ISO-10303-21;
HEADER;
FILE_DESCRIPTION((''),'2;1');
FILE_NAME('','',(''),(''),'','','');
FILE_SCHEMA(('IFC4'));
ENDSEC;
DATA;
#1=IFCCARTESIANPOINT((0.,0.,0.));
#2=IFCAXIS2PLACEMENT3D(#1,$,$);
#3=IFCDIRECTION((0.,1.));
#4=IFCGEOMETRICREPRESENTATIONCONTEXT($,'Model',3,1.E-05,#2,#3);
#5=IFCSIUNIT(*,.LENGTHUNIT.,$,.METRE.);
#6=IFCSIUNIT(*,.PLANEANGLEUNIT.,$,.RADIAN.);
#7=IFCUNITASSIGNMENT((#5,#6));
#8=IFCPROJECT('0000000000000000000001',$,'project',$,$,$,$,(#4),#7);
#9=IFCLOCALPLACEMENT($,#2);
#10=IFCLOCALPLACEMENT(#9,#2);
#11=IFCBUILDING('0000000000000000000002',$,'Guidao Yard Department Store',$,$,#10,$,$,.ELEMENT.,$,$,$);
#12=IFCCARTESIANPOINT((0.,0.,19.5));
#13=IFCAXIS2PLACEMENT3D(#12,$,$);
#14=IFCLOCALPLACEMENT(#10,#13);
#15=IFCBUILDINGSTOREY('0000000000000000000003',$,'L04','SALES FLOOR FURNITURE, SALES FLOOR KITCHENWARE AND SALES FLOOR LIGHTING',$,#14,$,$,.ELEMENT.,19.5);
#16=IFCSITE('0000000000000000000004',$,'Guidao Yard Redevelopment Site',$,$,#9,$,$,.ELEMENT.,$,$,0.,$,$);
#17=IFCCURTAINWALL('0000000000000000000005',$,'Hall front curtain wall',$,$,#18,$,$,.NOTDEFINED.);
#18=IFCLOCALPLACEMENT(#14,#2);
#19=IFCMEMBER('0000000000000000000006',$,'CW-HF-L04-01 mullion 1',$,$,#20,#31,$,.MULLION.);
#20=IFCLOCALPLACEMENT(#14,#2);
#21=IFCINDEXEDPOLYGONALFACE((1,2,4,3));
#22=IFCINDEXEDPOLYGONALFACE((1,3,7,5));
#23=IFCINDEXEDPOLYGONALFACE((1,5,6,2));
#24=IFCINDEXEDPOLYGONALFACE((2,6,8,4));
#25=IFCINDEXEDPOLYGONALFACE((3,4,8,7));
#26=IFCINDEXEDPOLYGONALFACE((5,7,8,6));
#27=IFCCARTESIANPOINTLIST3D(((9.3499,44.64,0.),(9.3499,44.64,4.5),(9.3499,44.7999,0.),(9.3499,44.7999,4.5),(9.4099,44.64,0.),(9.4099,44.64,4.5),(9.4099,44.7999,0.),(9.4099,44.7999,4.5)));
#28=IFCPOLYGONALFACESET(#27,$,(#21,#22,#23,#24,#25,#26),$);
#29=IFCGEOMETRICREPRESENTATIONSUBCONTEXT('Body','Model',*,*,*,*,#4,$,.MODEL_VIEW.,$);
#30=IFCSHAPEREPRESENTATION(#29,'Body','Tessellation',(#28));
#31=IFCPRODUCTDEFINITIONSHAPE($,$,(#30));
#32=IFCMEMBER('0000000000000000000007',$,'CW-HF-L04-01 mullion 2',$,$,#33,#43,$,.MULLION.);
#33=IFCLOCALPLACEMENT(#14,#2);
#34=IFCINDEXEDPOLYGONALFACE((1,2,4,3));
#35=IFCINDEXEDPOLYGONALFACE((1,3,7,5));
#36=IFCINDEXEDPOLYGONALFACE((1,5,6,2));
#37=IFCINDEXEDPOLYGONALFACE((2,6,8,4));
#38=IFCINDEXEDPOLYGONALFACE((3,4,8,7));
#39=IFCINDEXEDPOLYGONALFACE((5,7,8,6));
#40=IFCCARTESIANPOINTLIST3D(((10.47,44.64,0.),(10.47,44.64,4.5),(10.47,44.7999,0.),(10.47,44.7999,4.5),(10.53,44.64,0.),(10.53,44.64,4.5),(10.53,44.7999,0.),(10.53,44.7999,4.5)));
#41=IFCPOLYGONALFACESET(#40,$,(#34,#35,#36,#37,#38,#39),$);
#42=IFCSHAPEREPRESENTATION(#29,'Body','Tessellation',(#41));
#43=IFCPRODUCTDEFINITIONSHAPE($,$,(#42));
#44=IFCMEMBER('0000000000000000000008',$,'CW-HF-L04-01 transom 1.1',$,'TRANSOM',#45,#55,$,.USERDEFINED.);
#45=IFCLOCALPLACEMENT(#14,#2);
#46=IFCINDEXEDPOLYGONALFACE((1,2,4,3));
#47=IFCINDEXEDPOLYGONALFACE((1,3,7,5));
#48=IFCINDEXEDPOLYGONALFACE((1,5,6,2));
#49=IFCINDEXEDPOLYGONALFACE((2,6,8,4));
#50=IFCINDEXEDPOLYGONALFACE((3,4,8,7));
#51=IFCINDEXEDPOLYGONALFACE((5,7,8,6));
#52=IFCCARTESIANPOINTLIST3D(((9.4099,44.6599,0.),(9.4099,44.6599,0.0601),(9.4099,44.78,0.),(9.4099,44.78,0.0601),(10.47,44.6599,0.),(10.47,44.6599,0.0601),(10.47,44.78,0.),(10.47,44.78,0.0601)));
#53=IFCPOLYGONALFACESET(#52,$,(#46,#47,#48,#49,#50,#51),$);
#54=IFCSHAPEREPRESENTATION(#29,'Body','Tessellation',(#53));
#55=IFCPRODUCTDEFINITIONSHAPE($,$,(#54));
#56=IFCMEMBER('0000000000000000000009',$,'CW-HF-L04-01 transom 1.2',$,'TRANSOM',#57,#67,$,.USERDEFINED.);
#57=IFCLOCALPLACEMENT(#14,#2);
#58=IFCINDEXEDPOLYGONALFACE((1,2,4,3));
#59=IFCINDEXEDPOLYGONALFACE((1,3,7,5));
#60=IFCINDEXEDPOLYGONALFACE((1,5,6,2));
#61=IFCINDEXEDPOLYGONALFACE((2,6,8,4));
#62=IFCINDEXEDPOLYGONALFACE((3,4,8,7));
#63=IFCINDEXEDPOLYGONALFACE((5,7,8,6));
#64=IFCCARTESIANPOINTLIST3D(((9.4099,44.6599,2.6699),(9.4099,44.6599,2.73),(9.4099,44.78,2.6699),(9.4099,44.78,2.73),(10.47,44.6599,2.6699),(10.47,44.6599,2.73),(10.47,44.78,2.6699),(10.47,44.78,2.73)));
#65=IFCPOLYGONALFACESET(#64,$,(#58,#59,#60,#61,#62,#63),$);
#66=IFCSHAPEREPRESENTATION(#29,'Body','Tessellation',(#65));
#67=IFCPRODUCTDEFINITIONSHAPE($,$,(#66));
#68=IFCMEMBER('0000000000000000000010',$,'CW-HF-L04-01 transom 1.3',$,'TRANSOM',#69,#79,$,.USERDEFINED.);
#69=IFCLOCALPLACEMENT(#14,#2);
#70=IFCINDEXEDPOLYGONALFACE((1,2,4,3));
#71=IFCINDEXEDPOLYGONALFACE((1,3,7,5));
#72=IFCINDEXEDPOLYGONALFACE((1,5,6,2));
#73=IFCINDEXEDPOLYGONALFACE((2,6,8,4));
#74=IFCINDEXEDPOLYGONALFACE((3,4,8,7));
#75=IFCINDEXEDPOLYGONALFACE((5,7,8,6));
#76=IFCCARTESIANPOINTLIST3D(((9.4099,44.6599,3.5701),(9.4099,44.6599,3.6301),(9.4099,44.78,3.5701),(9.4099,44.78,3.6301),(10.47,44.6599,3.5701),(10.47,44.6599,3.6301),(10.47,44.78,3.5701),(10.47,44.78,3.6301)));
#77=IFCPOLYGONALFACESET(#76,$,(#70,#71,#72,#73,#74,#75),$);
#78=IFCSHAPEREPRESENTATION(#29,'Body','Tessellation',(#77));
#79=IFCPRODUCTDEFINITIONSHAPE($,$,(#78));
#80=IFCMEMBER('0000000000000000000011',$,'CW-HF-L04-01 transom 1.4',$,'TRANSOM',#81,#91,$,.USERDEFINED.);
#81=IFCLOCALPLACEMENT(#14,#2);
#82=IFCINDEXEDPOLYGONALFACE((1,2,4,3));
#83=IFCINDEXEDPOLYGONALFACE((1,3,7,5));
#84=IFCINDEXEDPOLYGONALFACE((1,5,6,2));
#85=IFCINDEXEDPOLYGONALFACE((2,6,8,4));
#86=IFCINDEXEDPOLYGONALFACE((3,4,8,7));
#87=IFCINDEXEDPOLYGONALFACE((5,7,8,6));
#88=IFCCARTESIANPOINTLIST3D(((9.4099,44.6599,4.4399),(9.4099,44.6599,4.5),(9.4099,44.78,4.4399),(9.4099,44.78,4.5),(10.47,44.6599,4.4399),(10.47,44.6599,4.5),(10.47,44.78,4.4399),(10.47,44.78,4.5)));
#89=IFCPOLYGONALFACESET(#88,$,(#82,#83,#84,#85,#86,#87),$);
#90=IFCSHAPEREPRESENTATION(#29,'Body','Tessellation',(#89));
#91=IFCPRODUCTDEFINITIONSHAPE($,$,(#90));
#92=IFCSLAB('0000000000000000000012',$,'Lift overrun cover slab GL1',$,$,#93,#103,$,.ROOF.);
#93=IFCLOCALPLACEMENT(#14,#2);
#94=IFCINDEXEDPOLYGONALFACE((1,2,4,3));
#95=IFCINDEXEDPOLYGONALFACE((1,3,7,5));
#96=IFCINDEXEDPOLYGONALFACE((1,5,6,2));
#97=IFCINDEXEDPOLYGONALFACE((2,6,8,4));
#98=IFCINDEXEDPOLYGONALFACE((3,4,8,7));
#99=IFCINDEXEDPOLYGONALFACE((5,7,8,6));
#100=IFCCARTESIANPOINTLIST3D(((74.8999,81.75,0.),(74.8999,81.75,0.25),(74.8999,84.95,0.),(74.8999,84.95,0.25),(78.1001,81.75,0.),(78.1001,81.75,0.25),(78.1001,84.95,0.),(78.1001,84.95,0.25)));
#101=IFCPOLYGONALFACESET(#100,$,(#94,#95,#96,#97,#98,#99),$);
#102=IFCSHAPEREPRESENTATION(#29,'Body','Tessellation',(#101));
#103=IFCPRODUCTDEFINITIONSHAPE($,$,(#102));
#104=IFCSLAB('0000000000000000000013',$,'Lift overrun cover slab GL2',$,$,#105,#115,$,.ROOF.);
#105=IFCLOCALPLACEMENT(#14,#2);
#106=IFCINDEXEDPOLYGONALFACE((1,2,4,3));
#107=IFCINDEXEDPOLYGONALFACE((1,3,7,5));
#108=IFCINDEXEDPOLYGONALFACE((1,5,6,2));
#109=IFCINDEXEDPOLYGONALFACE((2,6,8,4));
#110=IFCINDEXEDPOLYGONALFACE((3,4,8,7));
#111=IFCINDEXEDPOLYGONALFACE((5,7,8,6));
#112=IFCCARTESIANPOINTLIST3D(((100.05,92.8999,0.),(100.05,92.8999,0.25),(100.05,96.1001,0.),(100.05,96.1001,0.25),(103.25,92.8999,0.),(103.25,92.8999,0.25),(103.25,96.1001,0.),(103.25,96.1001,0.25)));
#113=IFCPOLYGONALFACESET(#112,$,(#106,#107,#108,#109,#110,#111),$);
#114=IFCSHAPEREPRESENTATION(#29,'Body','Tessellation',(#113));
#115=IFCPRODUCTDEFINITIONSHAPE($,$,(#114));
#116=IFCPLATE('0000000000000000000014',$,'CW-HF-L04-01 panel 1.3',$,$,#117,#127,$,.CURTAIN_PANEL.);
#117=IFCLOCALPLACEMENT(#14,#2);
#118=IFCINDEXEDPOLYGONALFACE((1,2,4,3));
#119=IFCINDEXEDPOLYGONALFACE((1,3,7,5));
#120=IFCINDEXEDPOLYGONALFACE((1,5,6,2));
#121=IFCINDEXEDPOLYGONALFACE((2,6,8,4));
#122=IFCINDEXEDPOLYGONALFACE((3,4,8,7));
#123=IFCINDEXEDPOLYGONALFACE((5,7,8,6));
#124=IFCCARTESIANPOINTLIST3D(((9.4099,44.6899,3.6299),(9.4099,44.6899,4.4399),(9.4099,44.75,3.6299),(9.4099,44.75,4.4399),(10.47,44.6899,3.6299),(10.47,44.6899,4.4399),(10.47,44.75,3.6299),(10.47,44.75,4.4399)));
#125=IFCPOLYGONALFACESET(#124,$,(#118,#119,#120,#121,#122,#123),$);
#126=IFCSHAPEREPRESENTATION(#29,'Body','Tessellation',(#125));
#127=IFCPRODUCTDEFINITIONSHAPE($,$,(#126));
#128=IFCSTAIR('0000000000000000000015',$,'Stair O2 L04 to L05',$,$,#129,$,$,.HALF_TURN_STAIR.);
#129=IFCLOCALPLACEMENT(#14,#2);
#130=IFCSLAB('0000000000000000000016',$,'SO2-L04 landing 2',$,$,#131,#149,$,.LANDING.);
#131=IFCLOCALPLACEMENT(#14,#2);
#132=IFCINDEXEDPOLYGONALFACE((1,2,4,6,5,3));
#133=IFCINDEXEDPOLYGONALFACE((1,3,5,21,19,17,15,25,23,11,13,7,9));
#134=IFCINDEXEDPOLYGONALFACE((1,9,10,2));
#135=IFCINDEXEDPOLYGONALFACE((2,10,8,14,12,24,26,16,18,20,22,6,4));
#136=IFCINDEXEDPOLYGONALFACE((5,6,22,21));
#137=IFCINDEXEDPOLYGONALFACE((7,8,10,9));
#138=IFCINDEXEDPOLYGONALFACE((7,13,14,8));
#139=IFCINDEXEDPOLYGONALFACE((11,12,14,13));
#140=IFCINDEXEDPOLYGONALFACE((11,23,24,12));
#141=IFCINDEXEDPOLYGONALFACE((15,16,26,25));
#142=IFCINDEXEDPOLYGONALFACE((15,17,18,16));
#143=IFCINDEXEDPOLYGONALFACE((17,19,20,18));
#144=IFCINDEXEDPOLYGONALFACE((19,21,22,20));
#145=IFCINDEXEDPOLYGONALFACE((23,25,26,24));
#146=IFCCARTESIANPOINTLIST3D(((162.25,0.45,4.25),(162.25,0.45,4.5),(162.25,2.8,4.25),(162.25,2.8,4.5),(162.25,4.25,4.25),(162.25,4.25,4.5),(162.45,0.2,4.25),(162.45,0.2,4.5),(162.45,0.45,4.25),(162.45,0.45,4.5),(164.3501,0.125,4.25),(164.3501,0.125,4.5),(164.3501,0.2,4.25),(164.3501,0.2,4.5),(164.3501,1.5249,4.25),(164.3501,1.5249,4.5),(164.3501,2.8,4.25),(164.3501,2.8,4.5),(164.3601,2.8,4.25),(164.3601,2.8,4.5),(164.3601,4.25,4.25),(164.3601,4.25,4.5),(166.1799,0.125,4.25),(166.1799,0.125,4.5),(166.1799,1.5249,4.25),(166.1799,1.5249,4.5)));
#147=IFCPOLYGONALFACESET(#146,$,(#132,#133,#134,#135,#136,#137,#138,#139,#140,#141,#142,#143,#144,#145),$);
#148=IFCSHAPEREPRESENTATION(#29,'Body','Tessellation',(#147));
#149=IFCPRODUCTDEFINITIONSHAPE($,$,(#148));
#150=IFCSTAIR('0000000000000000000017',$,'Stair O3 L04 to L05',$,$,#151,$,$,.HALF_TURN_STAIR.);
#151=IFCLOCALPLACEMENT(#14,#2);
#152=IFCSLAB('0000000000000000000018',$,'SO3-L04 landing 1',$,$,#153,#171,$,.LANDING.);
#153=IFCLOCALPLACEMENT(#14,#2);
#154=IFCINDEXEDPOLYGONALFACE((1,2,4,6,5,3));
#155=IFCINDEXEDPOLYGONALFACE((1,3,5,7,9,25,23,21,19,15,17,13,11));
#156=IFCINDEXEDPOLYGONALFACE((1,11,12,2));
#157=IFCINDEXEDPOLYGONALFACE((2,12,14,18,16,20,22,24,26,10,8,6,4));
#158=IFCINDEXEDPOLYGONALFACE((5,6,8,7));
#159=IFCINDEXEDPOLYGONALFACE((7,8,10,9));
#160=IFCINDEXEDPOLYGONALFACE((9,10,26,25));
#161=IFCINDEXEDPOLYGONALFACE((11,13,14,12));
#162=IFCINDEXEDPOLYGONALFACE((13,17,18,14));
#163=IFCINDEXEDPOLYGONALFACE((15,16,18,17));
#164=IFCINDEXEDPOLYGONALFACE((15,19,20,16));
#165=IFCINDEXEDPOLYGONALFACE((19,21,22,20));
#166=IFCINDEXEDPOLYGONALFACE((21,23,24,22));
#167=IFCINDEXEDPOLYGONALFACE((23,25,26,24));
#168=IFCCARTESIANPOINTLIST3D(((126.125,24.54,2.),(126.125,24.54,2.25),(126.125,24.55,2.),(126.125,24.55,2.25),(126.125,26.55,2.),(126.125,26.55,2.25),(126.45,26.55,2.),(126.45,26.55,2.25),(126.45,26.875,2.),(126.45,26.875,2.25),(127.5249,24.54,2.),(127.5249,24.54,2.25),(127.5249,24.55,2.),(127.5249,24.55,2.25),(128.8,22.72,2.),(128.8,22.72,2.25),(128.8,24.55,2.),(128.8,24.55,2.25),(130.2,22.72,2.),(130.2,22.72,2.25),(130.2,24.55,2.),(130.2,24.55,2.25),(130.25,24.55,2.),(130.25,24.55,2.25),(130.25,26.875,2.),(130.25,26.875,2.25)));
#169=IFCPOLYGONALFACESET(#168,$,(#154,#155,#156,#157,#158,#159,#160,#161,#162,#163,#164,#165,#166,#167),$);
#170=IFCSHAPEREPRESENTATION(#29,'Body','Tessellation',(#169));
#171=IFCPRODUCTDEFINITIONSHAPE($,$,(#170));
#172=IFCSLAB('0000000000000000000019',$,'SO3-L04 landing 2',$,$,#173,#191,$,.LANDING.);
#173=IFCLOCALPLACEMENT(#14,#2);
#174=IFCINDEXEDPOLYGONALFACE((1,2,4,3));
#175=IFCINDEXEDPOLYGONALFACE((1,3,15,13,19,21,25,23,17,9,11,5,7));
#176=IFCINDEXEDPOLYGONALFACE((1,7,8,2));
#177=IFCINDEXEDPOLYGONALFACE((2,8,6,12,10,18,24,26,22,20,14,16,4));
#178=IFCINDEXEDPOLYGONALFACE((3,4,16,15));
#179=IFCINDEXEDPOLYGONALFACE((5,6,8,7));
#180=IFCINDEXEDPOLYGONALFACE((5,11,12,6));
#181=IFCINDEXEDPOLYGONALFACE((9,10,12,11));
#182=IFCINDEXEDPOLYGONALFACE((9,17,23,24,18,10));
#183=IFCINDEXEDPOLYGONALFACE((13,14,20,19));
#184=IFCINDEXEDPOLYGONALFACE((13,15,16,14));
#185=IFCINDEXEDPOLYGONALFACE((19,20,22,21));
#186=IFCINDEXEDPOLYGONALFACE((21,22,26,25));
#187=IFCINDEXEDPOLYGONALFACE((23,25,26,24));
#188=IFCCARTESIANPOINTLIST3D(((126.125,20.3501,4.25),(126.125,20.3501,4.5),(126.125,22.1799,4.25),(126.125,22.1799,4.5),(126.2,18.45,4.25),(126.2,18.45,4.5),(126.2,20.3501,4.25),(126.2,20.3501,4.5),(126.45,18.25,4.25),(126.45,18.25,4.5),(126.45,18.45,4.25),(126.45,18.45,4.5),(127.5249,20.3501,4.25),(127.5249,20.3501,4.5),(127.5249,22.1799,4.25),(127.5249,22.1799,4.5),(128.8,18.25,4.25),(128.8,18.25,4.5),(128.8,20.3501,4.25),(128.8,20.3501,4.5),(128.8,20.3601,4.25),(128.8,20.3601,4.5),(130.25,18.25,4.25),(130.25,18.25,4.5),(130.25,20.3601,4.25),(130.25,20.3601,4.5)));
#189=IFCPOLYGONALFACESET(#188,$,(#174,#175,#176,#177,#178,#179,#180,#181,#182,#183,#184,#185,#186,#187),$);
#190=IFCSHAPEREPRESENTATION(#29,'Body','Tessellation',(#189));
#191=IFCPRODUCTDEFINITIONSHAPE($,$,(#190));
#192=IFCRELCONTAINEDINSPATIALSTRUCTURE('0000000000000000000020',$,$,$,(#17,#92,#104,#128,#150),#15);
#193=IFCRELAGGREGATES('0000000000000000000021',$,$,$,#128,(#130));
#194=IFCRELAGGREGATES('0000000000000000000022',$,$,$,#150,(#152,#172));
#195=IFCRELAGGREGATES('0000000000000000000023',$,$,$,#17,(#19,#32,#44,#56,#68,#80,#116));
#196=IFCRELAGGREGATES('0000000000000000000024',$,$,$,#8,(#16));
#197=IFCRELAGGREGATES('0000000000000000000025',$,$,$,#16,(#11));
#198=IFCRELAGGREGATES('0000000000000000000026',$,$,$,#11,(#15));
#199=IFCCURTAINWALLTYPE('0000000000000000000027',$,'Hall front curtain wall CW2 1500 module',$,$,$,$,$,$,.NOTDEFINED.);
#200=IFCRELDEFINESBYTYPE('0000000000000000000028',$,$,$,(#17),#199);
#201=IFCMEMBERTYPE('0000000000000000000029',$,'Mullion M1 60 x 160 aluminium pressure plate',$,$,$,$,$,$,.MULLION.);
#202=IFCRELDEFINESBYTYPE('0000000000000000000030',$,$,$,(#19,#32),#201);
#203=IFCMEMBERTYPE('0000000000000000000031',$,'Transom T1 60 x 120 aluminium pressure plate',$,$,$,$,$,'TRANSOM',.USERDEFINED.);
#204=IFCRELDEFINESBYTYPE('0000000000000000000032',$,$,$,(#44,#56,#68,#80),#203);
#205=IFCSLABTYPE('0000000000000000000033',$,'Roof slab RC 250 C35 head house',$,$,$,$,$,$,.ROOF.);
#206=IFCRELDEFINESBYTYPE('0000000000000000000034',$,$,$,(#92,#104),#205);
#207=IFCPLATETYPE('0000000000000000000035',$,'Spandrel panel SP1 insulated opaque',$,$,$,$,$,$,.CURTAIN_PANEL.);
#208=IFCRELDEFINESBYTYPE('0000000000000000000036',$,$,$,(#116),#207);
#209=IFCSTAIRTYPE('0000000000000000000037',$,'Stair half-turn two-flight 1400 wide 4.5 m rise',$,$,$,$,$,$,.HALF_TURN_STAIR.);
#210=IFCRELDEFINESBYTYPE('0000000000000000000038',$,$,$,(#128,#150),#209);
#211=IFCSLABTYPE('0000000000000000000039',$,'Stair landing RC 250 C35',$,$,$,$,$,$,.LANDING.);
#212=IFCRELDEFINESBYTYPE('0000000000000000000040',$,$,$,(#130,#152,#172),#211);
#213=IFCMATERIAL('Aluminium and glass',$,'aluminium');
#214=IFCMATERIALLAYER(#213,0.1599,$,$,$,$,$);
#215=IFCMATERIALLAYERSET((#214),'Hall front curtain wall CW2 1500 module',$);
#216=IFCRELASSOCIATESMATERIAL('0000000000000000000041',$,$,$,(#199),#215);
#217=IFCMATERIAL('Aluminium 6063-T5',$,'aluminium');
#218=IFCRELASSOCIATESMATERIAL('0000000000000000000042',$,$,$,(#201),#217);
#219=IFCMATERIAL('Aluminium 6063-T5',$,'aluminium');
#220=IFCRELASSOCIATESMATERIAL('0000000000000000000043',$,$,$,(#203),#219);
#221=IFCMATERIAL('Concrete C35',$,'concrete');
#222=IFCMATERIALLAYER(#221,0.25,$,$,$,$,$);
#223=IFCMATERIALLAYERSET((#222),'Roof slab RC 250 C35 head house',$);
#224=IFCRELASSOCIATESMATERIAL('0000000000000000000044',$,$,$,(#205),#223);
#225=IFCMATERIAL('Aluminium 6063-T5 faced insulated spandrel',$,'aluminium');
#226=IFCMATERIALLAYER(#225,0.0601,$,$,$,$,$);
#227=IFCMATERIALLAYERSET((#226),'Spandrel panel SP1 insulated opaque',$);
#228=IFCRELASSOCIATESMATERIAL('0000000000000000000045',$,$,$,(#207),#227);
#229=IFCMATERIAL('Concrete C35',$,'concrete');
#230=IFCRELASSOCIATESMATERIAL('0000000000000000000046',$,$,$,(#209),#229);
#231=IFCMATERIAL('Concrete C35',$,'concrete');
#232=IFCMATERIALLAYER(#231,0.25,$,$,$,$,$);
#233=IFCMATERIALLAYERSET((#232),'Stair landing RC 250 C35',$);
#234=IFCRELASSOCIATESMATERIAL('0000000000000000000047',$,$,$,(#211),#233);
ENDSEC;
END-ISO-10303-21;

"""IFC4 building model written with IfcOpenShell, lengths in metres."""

from ifc_helpers import new_model, si_unit, direction, frame, origin, origin_2d, place, context, subcontext, project, spatial, polyline, rectangle, outline, extrude, material, layer, layer_set, material_profile, profile_set, type_object, element, aggregate, save


model = new_model("IFC4")

# Units and contexts
model_context = context("Model", 3, precision=1e-05, world=origin(), true_north=direction((0.0, 1.0)))
body_context = subcontext(model_context, "Body", "Model", "MODEL_VIEW")
ifc_project = project(units=[si_unit("LENGTHUNIT", "METRE"), si_unit("PLANEANGLEUNIT", "RADIAN")], contexts=[model_context])

# Site, building, storey
site_placement = place(None, origin())
site = spatial("IfcSite", under=ifc_project, at=site_placement, Name="Guidao Yard Redevelopment Site", CompositionType="ELEMENT", RefElevation=0.0)
building_placement = place(site_placement, origin())
building = spatial("IfcBuilding", under=site, at=building_placement, Name="Guidao Yard Department Store", CompositionType="ELEMENT")
storey_placement = place(building_placement, frame((0.0, 0.0, 19.5)))
storey = spatial("IfcBuildingStorey", under=building, at=storey_placement, Name="L04", Description="SALES FLOOR FURNITURE, SALES FLOOR KITCHENWARE AND SALES FLOOR LIGHTING", CompositionType="ELEMENT", Elevation=19.5)

# Curtain wall, members
ifc_material_1 = material(Name="Aluminium and glass", Category="aluminium")
ifc_layer_1 = layer(ifc_material_1, 0.1599)
ifc_layer_set_1 = layer_set([ifc_layer_1], Name="Hall front curtain wall CW2 1500 module")
curtain_wall_type = type_object("IfcCurtainWallType", Name="Hall front curtain wall CW2 1500 module", PredefinedType="NOTDEFINED", material=ifc_layer_set_1)
curtain_wall_placement = place(storey_placement, origin())
curtain_wall = element("IfcCurtainWall", 1, at=curtain_wall_placement, inside=storey, type_object=curtain_wall_type, Name="Hall front curtain wall", PredefinedType="NOTDEFINED")
ifc_material_2 = material(Name="Aluminium 6063-T5", Category="aluminium")
ifc_material_profile_1 = material_profile(ifc_material_2, rectangle(XDim=0.0601, YDim=0.1599, at=origin_2d()), Name="Mullion M1 60 x 160 aluminium pressure plate")
ifc_profile_set_1 = profile_set([ifc_material_profile_1], Name="Aluminium 6063-T5")
member_type_1 = type_object("IfcMemberType", Name="Mullion M1 60 x 160 aluminium pressure plate", PredefinedType="MULLION", material=ifc_profile_set_1)
member_1_placement = place(storey_placement, frame((9.3799, 44.72, 0.0), z_axis=(0.0, 0.0, 1.0), x_axis=(-1.0, 0.0, 0.0)))
member_1 = element("IfcMember", 2, at=member_1_placement, type_object=member_type_1, Name="CW-HF-L04-01 mullion 1", PredefinedType="MULLION", context=body_context, shape_type="SweptSolid", body=[
    extrude(rectangle(XDim=0.0601, YDim=0.1599, at=origin_2d()), origin(), (0.0, 0.0, 1.0), 4.5),
])
member_2_placement = place(storey_placement, frame((10.5, 44.72, 0.0), z_axis=(0.0, 0.0, 1.0), x_axis=(-1.0, 0.0, 0.0)))
member_2 = element("IfcMember", 3, at=member_2_placement, type_object=member_type_1, Name="CW-HF-L04-01 mullion 2", PredefinedType="MULLION", context=body_context, shape_type="SweptSolid", body=[
    extrude(rectangle(XDim=0.0601, YDim=0.1599, at=origin_2d()), origin(), (0.0, 0.0, 1.0), 4.5),
])
ifc_material_3 = material(Name="Aluminium 6063-T5", Category="aluminium")
ifc_material_profile_2 = material_profile(ifc_material_3, rectangle(XDim=0.1201, YDim=0.0601, at=origin_2d()), Name="Transom T1 60 x 120 aluminium pressure plate")
ifc_profile_set_2 = profile_set([ifc_material_profile_2], Name="Aluminium 6063-T5")
member_type_2 = type_object("IfcMemberType", Name="Transom T1 60 x 120 aluminium pressure plate", ElementType="TRANSOM", PredefinedType="USERDEFINED", material=ifc_profile_set_2)
member_3_placement = place(storey_placement, frame((10.47, 44.72, 0.03), z_axis=(-1.0, 0.0, 0.0), x_axis=(0.0, -1.0, 0.0)))
member_3 = element("IfcMember", 4, at=member_3_placement, type_object=member_type_2, Name="CW-HF-L04-01 transom 1.1", ObjectType="TRANSOM", PredefinedType="USERDEFINED", context=body_context, shape_type="SweptSolid", body=[
    extrude(rectangle(XDim=0.1201, YDim=0.0601, at=origin_2d()), origin(), (0.0, 0.0, 1.0), 1.0601),
])
member_4_placement = place(storey_placement, frame((10.47, 44.72, 2.7), z_axis=(-1.0, 0.0, 0.0), x_axis=(0.0, -1.0, 0.0)))
member_4 = element("IfcMember", 5, at=member_4_placement, type_object=member_type_2, Name="CW-HF-L04-01 transom 1.2", ObjectType="TRANSOM", PredefinedType="USERDEFINED", context=body_context, shape_type="SweptSolid", body=[
    extrude(rectangle(XDim=0.1201, YDim=0.0601, at=origin_2d()), origin(), (0.0, 0.0, 1.0), 1.0601),
])
member_5_placement = place(storey_placement, frame((10.47, 44.72, 3.6001), z_axis=(-1.0, 0.0, 0.0), x_axis=(0.0, -1.0, 0.0)))
member_5 = element("IfcMember", 6, at=member_5_placement, type_object=member_type_2, Name="CW-HF-L04-01 transom 1.3", ObjectType="TRANSOM", PredefinedType="USERDEFINED", context=body_context, shape_type="SweptSolid", body=[
    extrude(rectangle(XDim=0.1201, YDim=0.0601, at=origin_2d()), origin(), (0.0, 0.0, 1.0), 1.0601),
])
member_6_placement = place(storey_placement, frame((10.47, 44.72, 4.47), z_axis=(-1.0, 0.0, 0.0), x_axis=(0.0, -1.0, 0.0)))
member_6 = element("IfcMember", 7, at=member_6_placement, type_object=member_type_2, Name="CW-HF-L04-01 transom 1.4", ObjectType="TRANSOM", PredefinedType="USERDEFINED", context=body_context, shape_type="SweptSolid", body=[
    extrude(rectangle(XDim=0.1201, YDim=0.0601, at=origin_2d()), origin(), (0.0, 0.0, 1.0), 1.0601),
])

# Slabs
ifc_material_4 = material(Name="Concrete C35", Category="concrete")
ifc_layer_2 = layer(ifc_material_4, 0.25)
ifc_layer_set_2 = layer_set([ifc_layer_2], Name="Roof slab RC 250 C35 head house")
slab_type_1 = type_object("IfcSlabType", Name="Roof slab RC 250 C35 head house", PredefinedType="ROOF", material=ifc_layer_set_2)
slab_1_placement = place(storey_placement, origin())
element("IfcSlab", 8, at=slab_1_placement, inside=storey, type_object=slab_type_1, Name="Lift overrun cover slab GL1", PredefinedType="ROOF", context=body_context, shape_type="SweptSolid", body=[
    extrude(outline(polyline([(74.8999, 81.75), (78.1001, 81.75), (78.1001, 84.95), (74.8999, 84.95), (74.8999, 81.75)])), origin(), (0.0, 0.0, 1.0), 0.25),
])
slab_2_placement = place(storey_placement, origin())
element("IfcSlab", 9, at=slab_2_placement, inside=storey, type_object=slab_type_1, Name="Lift overrun cover slab GL2", PredefinedType="ROOF", context=body_context, shape_type="SweptSolid", body=[
    extrude(outline(polyline([(100.05, 92.8999), (103.25, 92.8999), (103.25, 96.1001), (100.05, 96.1001), (100.05, 92.8999)])), origin(), (0.0, 0.0, 1.0), 0.25),
])

# Plate
ifc_material_5 = material(Name="Aluminium 6063-T5 faced insulated spandrel", Category="aluminium")
ifc_layer_3 = layer(ifc_material_5, 0.0601)
ifc_layer_set_3 = layer_set([ifc_layer_3], Name="Spandrel panel SP1 insulated opaque")
plate_type_1 = type_object("IfcPlateType", Name="Spandrel panel SP1 insulated opaque", PredefinedType="CURTAIN_PANEL", material=ifc_layer_set_3)
plate_1_placement = place(storey_placement, frame((9.9399, 44.72, 3.6299), z_axis=(0.0, 0.0, 1.0), x_axis=(-1.0, 0.0, 0.0)))
plate_1 = element("IfcPlate", 10, at=plate_1_placement, type_object=plate_type_1, Name="CW-HF-L04-01 panel 1.3", PredefinedType="CURTAIN_PANEL", context=body_context, shape_type="SweptSolid", body=[
    extrude(rectangle(XDim=1.0601, YDim=0.0601, at=origin_2d()), origin(), (0.0, 0.0, 1.0), 0.8101),
])

# Stair, slab
ifc_material_6 = material(Name="Concrete C35", Category="concrete")
stair_type = type_object("IfcStairType", Name="Stair half-turn two-flight 1400 wide 4.5 m rise", PredefinedType="HALF_TURN_STAIR", material=ifc_material_6)
stair_1_placement = place(storey_placement, origin())
stair_1 = element("IfcStair", 11, at=stair_1_placement, inside=storey, type_object=stair_type, Name="Stair O2 L04 to L05", PredefinedType="HALF_TURN_STAIR")
ifc_material_7 = material(Name="Concrete C35", Category="concrete")
ifc_layer_4 = layer(ifc_material_7, 0.25)
ifc_layer_set_4 = layer_set([ifc_layer_4], Name="Stair landing RC 250 C35")
slab_type_2 = type_object("IfcSlabType", Name="Stair landing RC 250 C35", PredefinedType="LANDING", material=ifc_layer_set_4)
slab_3_placement = place(storey_placement, frame((0.0, 0.0, 4.25)))
slab_3 = element("IfcSlab", 12, at=slab_3_placement, type_object=slab_type_2, Name="SO2-L04 landing 2", PredefinedType="LANDING", context=body_context, shape_type="SweptSolid", body=[
    extrude(outline(polyline([(164.3501, 0.125), (164.3501, 0.2), (162.45, 0.2), (162.45, 0.45), (162.25, 0.45), (162.25, 2.8), (162.25, 4.25), (164.3601, 4.25), (164.3601, 2.8), (164.3501, 2.8), (164.3501, 1.5249), (166.1799, 1.5249), (166.1799, 0.125), (164.3501, 0.125)])), origin(), (0.0, 0.0, 1.0), 0.25),
])
aggregate(stair_1, [slab_3])

# Stair, slabs
stair_2_placement = place(storey_placement, origin())
stair_2 = element("IfcStair", 13, at=stair_2_placement, inside=storey, type_object=stair_type, Name="Stair O3 L04 to L05", PredefinedType="HALF_TURN_STAIR")
slab_4_placement = place(storey_placement, frame((0.0, 0.0, 2.0)))
slab_4 = element("IfcSlab", 14, at=slab_4_placement, type_object=slab_type_2, Name="SO3-L04 landing 1", PredefinedType="LANDING", context=body_context, shape_type="SweptSolid", body=[
    extrude(outline(polyline([(128.8, 24.55), (127.5249, 24.55), (127.5249, 24.54), (126.125, 24.54), (126.125, 24.55), (126.125, 26.55), (126.45, 26.55), (126.45, 26.875), (130.25, 26.875), (130.25, 24.55), (130.2, 24.55), (130.2, 22.72), (128.8, 22.72), (128.8, 24.55)])), origin(), (0.0, 0.0, 1.0), 0.25),
])
slab_5_placement = place(storey_placement, frame((0.0, 0.0, 4.25)))
slab_5 = element("IfcSlab", 15, at=slab_5_placement, type_object=slab_type_2, Name="SO3-L04 landing 2", PredefinedType="LANDING", context=body_context, shape_type="SweptSolid", body=[
    extrude(outline(polyline([(130.25, 20.3601), (130.25, 18.25), (128.8, 18.25), (126.45, 18.25), (126.45, 18.45), (126.2, 18.45), (126.2, 20.3501), (126.125, 20.3501), (126.125, 22.1799), (127.5249, 22.1799), (127.5249, 20.3501), (128.8, 20.3501), (128.8, 20.3601), (130.25, 20.3601)])), origin(), (0.0, 0.0, 1.0), 0.25),
])
aggregate(stair_2, [slab_4, slab_5])

aggregate(curtain_wall, [member_1, member_2, member_3, member_4, member_5, member_6, plate_1])

save(model, "model.ifc")
